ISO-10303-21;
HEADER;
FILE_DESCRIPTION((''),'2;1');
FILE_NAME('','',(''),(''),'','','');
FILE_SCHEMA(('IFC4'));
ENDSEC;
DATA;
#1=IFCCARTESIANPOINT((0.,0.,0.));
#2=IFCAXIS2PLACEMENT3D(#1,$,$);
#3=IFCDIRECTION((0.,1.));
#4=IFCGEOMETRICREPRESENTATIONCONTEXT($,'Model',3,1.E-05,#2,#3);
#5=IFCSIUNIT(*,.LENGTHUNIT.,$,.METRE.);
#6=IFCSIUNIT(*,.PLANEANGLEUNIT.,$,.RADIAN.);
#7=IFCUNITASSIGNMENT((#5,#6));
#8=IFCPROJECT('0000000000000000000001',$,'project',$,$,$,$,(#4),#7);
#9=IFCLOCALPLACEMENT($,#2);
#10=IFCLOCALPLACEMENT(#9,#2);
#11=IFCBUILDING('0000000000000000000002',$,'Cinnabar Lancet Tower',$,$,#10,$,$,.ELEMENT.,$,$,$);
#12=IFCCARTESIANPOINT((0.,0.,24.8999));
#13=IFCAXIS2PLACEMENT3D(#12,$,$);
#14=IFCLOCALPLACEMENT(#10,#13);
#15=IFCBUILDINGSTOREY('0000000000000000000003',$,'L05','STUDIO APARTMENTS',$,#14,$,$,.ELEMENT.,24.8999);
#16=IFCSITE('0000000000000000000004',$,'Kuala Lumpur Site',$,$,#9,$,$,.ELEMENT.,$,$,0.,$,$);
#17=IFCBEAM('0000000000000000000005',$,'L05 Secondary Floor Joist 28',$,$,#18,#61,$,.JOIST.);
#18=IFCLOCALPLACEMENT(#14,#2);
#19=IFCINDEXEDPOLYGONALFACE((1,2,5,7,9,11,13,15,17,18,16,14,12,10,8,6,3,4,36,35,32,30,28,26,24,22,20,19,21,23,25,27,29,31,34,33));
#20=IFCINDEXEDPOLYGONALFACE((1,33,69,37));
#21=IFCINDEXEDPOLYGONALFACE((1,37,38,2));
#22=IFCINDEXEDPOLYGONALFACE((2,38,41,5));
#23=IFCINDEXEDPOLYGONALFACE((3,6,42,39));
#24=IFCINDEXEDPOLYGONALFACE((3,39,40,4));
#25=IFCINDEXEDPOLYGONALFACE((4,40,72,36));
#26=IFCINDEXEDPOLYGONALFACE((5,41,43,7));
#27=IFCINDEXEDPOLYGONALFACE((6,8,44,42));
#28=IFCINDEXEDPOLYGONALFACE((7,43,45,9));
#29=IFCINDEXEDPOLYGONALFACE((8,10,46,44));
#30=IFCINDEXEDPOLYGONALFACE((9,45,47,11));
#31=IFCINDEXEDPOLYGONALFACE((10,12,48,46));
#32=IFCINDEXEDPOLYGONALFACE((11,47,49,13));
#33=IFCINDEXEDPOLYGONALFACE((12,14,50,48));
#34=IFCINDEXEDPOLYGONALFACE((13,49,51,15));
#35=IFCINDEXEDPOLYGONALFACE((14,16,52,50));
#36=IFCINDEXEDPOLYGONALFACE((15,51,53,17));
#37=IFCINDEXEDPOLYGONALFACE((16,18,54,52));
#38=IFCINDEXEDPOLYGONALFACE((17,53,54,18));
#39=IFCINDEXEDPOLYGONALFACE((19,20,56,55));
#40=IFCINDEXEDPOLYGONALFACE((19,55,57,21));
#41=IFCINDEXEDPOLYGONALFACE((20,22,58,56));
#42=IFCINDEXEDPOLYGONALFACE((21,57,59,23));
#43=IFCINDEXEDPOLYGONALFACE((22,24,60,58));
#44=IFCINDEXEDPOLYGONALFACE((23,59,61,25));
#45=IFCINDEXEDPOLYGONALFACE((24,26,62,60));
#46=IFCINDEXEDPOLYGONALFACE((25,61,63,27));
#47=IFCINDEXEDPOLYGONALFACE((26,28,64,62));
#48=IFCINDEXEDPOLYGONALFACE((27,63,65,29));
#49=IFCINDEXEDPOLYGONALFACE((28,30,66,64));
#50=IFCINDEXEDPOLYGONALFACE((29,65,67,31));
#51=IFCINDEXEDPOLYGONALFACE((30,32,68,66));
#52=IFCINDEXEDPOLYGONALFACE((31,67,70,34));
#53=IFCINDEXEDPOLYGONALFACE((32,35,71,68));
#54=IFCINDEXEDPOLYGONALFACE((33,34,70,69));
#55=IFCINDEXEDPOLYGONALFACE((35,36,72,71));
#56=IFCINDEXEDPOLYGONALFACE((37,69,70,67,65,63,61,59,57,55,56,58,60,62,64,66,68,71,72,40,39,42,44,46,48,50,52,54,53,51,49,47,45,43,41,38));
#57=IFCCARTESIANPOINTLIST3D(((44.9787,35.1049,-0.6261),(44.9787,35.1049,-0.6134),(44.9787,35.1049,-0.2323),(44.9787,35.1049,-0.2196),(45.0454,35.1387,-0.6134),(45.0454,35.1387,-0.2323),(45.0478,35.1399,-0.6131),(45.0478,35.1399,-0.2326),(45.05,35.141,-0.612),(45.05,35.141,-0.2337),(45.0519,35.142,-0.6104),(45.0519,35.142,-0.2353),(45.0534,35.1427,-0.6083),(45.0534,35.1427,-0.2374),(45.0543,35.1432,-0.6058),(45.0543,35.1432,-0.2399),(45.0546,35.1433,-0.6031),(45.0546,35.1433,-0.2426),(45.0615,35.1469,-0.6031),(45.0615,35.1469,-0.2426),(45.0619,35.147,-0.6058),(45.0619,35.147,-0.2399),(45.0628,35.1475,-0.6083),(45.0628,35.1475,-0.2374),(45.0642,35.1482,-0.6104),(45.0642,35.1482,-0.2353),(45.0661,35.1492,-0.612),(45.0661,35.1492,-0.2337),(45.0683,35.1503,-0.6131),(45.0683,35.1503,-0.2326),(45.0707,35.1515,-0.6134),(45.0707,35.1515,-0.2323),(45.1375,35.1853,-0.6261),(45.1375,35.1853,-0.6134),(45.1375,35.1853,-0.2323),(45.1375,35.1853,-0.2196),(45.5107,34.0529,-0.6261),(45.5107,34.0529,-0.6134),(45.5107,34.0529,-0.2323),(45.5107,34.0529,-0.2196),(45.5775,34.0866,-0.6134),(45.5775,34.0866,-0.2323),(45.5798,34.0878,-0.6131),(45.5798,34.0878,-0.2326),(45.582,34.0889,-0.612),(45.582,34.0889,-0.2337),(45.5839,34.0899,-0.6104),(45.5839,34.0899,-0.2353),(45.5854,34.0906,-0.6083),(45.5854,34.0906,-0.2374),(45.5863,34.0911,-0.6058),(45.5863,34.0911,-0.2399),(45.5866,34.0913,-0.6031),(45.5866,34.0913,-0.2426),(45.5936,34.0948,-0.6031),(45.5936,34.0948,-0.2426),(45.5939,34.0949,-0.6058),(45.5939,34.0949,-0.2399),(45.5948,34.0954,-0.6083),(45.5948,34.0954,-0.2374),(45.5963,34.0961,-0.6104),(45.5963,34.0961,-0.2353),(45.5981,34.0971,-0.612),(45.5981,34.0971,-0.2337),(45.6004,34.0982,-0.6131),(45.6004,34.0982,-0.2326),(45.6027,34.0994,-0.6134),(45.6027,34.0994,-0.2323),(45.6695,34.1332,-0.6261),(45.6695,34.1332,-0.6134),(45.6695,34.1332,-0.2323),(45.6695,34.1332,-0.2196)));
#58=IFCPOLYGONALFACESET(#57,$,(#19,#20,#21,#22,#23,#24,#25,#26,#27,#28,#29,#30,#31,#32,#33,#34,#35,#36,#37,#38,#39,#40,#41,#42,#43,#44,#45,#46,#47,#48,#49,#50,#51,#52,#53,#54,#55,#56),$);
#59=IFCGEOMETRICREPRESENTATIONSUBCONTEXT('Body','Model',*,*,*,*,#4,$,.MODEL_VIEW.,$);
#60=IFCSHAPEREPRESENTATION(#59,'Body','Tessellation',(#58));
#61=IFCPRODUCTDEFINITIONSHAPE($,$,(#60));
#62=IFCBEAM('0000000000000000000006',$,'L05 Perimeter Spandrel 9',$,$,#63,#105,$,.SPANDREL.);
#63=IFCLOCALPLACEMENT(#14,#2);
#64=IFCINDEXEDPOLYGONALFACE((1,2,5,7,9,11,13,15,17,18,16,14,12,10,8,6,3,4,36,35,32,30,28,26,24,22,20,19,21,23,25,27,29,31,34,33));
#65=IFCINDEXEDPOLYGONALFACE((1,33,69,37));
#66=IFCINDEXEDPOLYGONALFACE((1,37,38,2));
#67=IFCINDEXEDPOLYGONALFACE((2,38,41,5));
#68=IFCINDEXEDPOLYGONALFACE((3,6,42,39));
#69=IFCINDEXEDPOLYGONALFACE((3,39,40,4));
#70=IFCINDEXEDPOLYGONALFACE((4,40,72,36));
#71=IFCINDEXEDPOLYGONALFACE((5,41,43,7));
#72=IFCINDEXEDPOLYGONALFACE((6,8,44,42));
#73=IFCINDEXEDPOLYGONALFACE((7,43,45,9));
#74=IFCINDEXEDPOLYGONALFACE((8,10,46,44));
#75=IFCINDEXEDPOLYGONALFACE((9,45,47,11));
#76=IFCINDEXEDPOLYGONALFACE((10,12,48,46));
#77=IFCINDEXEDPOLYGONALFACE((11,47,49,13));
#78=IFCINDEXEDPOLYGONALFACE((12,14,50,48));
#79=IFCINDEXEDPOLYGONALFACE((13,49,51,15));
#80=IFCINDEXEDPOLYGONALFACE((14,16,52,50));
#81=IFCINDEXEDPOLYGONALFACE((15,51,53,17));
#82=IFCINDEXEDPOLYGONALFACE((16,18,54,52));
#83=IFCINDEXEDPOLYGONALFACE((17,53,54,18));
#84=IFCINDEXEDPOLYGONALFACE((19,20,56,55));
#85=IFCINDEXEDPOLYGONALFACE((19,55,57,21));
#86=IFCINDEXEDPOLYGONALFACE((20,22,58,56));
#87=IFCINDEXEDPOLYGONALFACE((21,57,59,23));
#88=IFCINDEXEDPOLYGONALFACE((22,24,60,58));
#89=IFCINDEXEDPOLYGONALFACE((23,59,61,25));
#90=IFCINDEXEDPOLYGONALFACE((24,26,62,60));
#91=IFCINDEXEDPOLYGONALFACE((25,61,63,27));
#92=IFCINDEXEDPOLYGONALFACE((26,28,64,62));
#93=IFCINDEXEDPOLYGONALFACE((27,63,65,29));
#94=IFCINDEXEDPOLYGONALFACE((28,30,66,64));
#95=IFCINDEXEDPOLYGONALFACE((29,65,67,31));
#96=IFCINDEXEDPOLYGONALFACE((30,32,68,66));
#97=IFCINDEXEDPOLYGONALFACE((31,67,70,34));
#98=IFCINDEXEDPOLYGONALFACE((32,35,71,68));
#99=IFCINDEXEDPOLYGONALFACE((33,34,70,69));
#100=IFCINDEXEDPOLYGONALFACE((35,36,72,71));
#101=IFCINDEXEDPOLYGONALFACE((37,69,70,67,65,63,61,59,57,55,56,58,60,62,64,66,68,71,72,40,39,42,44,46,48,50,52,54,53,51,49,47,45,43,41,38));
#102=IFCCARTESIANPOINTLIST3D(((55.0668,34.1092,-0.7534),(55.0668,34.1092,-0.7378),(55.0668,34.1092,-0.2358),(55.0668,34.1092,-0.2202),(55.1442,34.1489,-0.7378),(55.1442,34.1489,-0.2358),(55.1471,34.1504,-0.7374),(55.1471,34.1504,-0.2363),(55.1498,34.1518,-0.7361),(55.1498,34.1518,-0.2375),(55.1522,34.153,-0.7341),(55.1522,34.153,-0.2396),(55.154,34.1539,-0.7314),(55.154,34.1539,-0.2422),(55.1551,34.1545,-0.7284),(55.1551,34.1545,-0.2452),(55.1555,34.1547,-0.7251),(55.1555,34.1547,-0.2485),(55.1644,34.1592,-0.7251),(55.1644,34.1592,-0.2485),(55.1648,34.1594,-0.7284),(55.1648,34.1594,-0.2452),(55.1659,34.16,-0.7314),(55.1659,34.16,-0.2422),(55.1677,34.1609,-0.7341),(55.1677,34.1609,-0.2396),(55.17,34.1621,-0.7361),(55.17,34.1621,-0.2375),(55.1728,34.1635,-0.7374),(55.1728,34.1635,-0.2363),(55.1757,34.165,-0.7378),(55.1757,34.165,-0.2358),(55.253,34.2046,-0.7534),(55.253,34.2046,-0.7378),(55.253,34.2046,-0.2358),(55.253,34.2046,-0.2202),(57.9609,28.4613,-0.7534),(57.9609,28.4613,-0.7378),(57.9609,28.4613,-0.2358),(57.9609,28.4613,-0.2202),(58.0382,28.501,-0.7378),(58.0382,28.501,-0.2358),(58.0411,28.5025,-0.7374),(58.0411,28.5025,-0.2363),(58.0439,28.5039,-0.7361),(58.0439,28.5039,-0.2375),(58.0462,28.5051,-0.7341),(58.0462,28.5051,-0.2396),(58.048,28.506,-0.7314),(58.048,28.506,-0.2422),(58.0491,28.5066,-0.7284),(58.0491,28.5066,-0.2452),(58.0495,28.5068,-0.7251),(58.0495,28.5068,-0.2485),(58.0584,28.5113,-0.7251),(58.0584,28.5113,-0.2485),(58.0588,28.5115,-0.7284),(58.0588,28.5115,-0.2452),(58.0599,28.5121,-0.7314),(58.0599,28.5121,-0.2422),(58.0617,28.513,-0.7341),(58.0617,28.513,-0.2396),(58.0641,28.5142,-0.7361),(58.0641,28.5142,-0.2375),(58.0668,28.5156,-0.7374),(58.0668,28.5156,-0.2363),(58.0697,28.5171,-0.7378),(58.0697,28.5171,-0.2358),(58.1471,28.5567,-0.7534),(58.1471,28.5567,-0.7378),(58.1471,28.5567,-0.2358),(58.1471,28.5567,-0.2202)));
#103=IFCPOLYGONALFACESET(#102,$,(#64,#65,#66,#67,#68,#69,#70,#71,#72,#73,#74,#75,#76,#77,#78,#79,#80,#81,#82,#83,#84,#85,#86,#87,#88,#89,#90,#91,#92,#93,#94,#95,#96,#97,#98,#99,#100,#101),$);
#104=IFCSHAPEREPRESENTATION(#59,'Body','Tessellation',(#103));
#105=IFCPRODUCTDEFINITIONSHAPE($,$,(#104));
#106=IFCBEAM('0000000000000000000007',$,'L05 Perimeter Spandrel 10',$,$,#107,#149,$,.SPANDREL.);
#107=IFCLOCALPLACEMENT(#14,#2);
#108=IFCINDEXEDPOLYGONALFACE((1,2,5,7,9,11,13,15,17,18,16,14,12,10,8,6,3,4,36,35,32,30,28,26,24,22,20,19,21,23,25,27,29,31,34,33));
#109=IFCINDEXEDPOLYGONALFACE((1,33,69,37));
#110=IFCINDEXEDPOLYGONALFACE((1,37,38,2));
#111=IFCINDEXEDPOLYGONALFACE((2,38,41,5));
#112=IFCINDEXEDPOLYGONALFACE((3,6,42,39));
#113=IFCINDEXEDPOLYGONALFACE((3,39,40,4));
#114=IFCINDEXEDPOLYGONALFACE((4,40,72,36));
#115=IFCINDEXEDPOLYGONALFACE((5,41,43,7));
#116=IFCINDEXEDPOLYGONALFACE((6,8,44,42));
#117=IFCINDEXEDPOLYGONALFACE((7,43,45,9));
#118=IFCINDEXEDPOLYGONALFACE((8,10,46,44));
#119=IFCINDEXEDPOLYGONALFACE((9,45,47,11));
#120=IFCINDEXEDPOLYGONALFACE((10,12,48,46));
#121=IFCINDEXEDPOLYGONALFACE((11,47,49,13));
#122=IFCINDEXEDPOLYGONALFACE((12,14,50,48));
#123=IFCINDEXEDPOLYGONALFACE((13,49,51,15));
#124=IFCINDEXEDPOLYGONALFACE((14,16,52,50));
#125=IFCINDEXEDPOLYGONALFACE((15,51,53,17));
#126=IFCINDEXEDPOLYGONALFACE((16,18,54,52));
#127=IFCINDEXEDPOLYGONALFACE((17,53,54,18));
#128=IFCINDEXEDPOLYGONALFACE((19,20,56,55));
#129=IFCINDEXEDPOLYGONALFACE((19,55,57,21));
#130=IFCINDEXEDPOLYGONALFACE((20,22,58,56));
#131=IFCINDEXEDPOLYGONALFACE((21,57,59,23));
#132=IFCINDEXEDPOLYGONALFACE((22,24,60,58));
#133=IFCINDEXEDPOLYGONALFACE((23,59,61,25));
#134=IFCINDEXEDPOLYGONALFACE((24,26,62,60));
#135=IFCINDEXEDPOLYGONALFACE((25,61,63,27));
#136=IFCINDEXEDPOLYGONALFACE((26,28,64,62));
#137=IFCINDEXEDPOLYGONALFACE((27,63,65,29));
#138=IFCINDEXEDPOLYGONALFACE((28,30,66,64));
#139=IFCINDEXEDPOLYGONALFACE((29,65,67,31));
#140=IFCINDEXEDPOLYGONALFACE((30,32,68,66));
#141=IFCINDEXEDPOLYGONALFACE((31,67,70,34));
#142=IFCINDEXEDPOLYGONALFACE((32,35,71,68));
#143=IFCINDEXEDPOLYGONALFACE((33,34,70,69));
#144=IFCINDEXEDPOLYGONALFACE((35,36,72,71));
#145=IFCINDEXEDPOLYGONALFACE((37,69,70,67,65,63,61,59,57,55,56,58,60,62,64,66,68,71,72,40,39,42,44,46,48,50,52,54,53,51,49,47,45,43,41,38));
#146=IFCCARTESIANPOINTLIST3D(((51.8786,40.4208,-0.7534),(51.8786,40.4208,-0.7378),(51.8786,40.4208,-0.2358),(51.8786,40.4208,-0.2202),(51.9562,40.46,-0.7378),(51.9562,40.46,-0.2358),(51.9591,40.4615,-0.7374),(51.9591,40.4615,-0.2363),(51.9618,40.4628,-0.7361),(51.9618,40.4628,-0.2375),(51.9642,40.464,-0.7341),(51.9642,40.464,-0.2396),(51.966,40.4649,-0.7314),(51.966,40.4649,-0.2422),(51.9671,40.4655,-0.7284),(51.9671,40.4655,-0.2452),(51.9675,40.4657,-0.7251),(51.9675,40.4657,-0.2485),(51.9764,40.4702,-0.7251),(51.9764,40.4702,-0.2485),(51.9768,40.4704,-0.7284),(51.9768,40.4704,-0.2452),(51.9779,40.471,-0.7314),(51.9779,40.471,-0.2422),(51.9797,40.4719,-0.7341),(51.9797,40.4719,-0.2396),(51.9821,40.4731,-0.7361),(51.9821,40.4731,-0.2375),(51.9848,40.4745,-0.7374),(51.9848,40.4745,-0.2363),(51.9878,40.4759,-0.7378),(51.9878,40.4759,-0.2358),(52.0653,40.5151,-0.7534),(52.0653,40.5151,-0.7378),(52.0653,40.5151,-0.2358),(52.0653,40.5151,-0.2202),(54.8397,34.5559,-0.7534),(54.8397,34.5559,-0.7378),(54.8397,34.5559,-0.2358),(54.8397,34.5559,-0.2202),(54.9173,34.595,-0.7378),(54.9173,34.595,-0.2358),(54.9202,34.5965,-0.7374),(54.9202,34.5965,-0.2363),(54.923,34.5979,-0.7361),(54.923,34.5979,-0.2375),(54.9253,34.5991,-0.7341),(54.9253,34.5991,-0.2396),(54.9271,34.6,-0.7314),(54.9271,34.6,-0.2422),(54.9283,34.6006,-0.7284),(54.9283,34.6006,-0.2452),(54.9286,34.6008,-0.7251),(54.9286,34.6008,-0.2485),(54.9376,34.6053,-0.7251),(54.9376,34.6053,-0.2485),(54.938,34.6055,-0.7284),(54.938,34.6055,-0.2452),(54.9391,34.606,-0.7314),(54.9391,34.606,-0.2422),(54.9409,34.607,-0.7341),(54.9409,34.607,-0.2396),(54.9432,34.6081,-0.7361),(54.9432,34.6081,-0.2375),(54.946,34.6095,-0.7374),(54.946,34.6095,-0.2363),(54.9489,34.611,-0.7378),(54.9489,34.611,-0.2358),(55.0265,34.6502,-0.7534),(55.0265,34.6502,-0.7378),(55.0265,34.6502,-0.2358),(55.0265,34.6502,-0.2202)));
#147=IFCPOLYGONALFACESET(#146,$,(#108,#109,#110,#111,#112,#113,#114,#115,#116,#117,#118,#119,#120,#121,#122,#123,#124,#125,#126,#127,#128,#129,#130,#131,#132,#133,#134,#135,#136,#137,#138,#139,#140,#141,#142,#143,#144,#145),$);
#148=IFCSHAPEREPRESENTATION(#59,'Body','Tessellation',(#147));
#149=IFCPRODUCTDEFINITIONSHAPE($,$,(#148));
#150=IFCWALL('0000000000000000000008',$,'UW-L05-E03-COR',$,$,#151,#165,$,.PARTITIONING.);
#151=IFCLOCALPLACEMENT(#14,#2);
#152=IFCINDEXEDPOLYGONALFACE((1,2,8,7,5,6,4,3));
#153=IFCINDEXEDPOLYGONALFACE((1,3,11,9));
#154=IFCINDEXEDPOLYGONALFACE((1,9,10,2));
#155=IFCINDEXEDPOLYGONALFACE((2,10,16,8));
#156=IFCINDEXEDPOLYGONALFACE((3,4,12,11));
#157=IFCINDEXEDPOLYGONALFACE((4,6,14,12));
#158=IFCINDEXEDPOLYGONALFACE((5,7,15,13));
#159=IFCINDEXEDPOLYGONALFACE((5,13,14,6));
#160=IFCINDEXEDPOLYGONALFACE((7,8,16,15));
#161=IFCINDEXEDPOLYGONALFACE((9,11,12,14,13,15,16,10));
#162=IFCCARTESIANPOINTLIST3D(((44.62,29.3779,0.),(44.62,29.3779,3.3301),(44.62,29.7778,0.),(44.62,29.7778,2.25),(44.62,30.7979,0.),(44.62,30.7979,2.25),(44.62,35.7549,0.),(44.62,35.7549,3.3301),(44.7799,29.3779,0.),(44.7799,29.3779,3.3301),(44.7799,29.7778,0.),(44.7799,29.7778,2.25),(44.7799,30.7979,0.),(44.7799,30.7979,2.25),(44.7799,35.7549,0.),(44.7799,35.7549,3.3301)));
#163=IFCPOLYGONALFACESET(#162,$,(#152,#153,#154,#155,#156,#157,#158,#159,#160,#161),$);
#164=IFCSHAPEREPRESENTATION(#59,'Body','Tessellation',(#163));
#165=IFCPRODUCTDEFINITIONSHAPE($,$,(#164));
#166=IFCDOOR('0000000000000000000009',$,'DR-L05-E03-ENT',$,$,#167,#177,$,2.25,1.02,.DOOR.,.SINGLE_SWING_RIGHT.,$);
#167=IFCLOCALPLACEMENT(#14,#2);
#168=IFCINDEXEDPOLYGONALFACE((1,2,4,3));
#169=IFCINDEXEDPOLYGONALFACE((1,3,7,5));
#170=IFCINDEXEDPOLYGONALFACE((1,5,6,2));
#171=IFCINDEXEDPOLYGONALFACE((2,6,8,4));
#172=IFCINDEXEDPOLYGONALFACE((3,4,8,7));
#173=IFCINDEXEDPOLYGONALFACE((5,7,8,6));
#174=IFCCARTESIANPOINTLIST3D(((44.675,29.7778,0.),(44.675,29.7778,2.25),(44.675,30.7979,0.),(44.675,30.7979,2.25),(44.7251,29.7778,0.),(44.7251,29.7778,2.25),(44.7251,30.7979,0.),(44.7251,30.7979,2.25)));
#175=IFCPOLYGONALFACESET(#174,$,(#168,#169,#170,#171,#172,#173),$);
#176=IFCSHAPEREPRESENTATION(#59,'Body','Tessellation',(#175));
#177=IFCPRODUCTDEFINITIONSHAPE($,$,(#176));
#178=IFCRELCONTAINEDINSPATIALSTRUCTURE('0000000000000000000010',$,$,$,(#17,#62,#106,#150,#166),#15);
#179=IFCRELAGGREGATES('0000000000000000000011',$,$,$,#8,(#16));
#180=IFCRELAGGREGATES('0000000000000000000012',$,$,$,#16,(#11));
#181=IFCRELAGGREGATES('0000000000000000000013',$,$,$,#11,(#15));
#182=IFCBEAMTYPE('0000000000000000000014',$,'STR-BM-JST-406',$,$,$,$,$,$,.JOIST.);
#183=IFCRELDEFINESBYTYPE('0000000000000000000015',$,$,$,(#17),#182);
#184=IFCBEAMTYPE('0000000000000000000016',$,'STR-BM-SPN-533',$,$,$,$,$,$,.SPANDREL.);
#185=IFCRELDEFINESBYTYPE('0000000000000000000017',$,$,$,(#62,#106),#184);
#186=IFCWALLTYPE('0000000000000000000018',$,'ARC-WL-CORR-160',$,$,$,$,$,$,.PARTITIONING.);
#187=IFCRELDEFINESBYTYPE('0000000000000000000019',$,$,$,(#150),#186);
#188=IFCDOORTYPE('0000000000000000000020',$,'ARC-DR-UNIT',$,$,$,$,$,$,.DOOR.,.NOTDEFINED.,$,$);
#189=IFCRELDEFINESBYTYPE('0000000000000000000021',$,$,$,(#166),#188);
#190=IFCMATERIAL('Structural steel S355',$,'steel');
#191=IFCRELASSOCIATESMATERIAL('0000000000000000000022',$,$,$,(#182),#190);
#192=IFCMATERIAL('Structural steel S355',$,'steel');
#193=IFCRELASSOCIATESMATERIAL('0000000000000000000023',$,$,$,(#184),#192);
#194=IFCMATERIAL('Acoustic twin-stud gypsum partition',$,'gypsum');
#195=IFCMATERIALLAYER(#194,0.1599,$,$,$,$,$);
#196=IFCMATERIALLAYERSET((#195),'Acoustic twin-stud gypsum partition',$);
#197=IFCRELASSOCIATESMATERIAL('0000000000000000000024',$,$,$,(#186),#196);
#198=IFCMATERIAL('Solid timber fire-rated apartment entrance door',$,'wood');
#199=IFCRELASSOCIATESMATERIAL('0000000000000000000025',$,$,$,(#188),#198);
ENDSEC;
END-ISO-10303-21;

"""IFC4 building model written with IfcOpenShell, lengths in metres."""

from ifc_helpers import new_model, si_unit, direction, frame, frame_2d, origin, origin_2d, place, context, subcontext, project, spatial, rectangle, i_section, extrude, material, layer, layer_set, material_profile, profile_set, type_object, element, fill, save


model = new_model("IFC4")

# Units and contexts
model_context = context("Model", 3, precision=1e-05, world=origin(), true_north=direction((0.0, 1.0)))
body_context = subcontext(model_context, "Body", "Model", "MODEL_VIEW")
ifc_project = project(units=[si_unit("LENGTHUNIT", "METRE"), si_unit("PLANEANGLEUNIT", "RADIAN")], contexts=[model_context])

# Site, building, storey
site_placement = place(None, origin())
site = spatial("IfcSite", under=ifc_project, at=site_placement, Name="Kuala Lumpur Site", CompositionType="ELEMENT", RefElevation=0.0)
building_placement = place(site_placement, origin())
building = spatial("IfcBuilding", under=site, at=building_placement, Name="Cinnabar Lancet Tower", CompositionType="ELEMENT")
storey_placement = place(building_placement, frame((0.0, 0.0, 24.8999)))
storey = spatial("IfcBuildingStorey", under=building, at=storey_placement, Name="L05", Description="STUDIO APARTMENTS", CompositionType="ELEMENT", Elevation=24.8999)

# Beams
ifc_material_1 = material(Name="Structural steel S355", Category="steel")
ifc_material_profile_1 = material_profile(ifc_material_1, i_section(OverallWidth=0.178, OverallDepth=0.4065, WebThickness=0.0078, FlangeThickness=0.0127, FilletRadius=0.0103, at=origin_2d()), Name="UKB 406x178x60")
ifc_profile_set_1 = profile_set([ifc_material_profile_1], Name="Structural steel S355")
beam_type_1 = type_object("IfcBeamType", Name="STR-BM-JST-406", PredefinedType="JOIST", material=ifc_profile_set_1)
beam_1_placement = place(storey_placement, frame((45.5901, 34.093, -0.4229), z_axis=(-0.451268, 0.892388, 0.0), x_axis=(-0.892388, -0.451268, 0.0)))
element("IfcBeam", 1, at=beam_1_placement, inside=storey, type_object=beam_type_1, Name="L05 Secondary Floor Joist 28", PredefinedType="JOIST", context=body_context, shape_type="SweptSolid", body=[
    extrude(i_section(OverallWidth=0.178, OverallDepth=0.4065, WebThickness=0.0078, FlangeThickness=0.0127, FilletRadius=0.0103, at=origin_2d()), origin(), (0.0, 0.0, 1.0), 1.179),
])
ifc_material_2 = material(Name="Structural steel S355", Category="steel")
ifc_material_profile_2 = material_profile(ifc_material_2, i_section(OverallWidth=0.2092, OverallDepth=0.5332, WebThickness=0.01, FlangeThickness=0.0156, FilletRadius=0.0127, at=origin_2d()), Name="UKB 533x210x92")
ifc_profile_set_2 = profile_set([ifc_material_profile_2], Name="Structural steel S355")
beam_type_2 = type_object("IfcBeamType", Name="STR-BM-SPN-533", PredefinedType="SPANDREL", material=ifc_profile_set_2)
beam_2_placement = place(storey_placement, frame((58.054, 28.509, -0.4868), z_axis=(-0.456025, 0.889967, 0.0), x_axis=(-0.889967, -0.456025, 0.0)))
element("IfcBeam", 2, at=beam_2_placement, inside=storey, type_object=beam_type_2, Name="L05 Perimeter Spandrel 9", PredefinedType="SPANDREL", context=body_context, shape_type="SweptSolid", body=[
    extrude(i_section(OverallWidth=0.2092, OverallDepth=0.5332, WebThickness=0.01, FlangeThickness=0.0156, FilletRadius=0.0127, at=origin_2d()), origin(), (0.0, 0.0, 1.0), 6.3462),
])
beam_3_placement = place(storey_placement, frame((54.9331, 34.603, -0.4868), z_axis=(-0.450703, 0.892674, 0.0), x_axis=(-0.892674, -0.450703, 0.0)))
element("IfcBeam", 3, at=beam_3_placement, inside=storey, type_object=beam_type_2, Name="L05 Perimeter Spandrel 10", PredefinedType="SPANDREL", context=body_context, shape_type="SweptSolid", body=[
    extrude(i_section(OverallWidth=0.2092, OverallDepth=0.5332, WebThickness=0.01, FlangeThickness=0.0156, FilletRadius=0.0127, at=origin_2d()), origin(), (0.0, 0.0, 1.0), 6.5701),
])

# Wall, opening, door
ifc_material_3 = material(Name="Acoustic twin-stud gypsum partition", Category="gypsum")
ifc_layer_1 = layer(ifc_material_3, 0.1599)
ifc_layer_set_1 = layer_set([ifc_layer_1], Name="Acoustic twin-stud gypsum partition")
wall_type_1 = type_object("IfcWallType", Name="ARC-WL-CORR-160", PredefinedType="PARTITIONING", material=ifc_layer_set_1)
wall_1_placement = place(storey_placement, frame((44.7, 29.3779, 0.0), z_axis=(0.0, 0.0, 1.0), x_axis=(0.0, 1.0, 0.0)))
wall_1 = element("IfcWall", 4, at=wall_1_placement, inside=storey, type_object=wall_type_1, Name="UW-L05-E03-COR", PredefinedType="PARTITIONING", context=body_context, shape_type="SweptSolid", body=[
    extrude(rectangle(XDim=6.377, YDim=0.1599, at=frame_2d((3.1885, 0.0))), origin(), (0.0, 0.0, 1.0), 3.3301),
])
opening_1_placement = place(wall_1_placement, frame((0.3999, 0.0, 0.0)))
opening_1 = element("IfcOpeningElement", 5, at=opening_1_placement, cuts=wall_1, PredefinedType="OPENING", context=body_context, shape_type="SweptSolid", body=[
    extrude(rectangle(XDim=1.02, YDim=2.25, at=frame_2d((0.51, 1.125))), frame((0.0, 0.0898, 0.0), z_axis=(0.0, -1.0, 0.0), x_axis=(1.0, 0.0, 0.0)), (0.0, 0.0, 1.0), 0.1799),
])
ifc_material_4 = material(Name="Solid timber fire-rated apartment entrance door", Category="wood")
door_type_1 = type_object("IfcDoorType", Name="ARC-DR-UNIT", OperationType="NOTDEFINED", PredefinedType="DOOR", material=ifc_material_4)
door_1_placement = place(opening_1_placement, origin())
door_1 = element("IfcDoor", 6, at=door_1_placement, inside=storey, type_object=door_type_1, Name="DR-L05-E03-ENT", OperationType="SINGLE_SWING_RIGHT", OverallHeight=2.25, OverallWidth=1.02, PredefinedType="DOOR", context=body_context, shape_type="SweptSolid", body=[
    extrude(rectangle(XDim=1.02, YDim=2.25, at=frame_2d((0.51, 1.125))), frame((0.0, 0.0249, 0.0), z_axis=(0.0, -1.0, 0.0), x_axis=(1.0, 0.0, 0.0)), (0.0, 0.0, 1.0), 0.05),
])
fill(opening_1, door_1)

save(model, "model.ifc")
